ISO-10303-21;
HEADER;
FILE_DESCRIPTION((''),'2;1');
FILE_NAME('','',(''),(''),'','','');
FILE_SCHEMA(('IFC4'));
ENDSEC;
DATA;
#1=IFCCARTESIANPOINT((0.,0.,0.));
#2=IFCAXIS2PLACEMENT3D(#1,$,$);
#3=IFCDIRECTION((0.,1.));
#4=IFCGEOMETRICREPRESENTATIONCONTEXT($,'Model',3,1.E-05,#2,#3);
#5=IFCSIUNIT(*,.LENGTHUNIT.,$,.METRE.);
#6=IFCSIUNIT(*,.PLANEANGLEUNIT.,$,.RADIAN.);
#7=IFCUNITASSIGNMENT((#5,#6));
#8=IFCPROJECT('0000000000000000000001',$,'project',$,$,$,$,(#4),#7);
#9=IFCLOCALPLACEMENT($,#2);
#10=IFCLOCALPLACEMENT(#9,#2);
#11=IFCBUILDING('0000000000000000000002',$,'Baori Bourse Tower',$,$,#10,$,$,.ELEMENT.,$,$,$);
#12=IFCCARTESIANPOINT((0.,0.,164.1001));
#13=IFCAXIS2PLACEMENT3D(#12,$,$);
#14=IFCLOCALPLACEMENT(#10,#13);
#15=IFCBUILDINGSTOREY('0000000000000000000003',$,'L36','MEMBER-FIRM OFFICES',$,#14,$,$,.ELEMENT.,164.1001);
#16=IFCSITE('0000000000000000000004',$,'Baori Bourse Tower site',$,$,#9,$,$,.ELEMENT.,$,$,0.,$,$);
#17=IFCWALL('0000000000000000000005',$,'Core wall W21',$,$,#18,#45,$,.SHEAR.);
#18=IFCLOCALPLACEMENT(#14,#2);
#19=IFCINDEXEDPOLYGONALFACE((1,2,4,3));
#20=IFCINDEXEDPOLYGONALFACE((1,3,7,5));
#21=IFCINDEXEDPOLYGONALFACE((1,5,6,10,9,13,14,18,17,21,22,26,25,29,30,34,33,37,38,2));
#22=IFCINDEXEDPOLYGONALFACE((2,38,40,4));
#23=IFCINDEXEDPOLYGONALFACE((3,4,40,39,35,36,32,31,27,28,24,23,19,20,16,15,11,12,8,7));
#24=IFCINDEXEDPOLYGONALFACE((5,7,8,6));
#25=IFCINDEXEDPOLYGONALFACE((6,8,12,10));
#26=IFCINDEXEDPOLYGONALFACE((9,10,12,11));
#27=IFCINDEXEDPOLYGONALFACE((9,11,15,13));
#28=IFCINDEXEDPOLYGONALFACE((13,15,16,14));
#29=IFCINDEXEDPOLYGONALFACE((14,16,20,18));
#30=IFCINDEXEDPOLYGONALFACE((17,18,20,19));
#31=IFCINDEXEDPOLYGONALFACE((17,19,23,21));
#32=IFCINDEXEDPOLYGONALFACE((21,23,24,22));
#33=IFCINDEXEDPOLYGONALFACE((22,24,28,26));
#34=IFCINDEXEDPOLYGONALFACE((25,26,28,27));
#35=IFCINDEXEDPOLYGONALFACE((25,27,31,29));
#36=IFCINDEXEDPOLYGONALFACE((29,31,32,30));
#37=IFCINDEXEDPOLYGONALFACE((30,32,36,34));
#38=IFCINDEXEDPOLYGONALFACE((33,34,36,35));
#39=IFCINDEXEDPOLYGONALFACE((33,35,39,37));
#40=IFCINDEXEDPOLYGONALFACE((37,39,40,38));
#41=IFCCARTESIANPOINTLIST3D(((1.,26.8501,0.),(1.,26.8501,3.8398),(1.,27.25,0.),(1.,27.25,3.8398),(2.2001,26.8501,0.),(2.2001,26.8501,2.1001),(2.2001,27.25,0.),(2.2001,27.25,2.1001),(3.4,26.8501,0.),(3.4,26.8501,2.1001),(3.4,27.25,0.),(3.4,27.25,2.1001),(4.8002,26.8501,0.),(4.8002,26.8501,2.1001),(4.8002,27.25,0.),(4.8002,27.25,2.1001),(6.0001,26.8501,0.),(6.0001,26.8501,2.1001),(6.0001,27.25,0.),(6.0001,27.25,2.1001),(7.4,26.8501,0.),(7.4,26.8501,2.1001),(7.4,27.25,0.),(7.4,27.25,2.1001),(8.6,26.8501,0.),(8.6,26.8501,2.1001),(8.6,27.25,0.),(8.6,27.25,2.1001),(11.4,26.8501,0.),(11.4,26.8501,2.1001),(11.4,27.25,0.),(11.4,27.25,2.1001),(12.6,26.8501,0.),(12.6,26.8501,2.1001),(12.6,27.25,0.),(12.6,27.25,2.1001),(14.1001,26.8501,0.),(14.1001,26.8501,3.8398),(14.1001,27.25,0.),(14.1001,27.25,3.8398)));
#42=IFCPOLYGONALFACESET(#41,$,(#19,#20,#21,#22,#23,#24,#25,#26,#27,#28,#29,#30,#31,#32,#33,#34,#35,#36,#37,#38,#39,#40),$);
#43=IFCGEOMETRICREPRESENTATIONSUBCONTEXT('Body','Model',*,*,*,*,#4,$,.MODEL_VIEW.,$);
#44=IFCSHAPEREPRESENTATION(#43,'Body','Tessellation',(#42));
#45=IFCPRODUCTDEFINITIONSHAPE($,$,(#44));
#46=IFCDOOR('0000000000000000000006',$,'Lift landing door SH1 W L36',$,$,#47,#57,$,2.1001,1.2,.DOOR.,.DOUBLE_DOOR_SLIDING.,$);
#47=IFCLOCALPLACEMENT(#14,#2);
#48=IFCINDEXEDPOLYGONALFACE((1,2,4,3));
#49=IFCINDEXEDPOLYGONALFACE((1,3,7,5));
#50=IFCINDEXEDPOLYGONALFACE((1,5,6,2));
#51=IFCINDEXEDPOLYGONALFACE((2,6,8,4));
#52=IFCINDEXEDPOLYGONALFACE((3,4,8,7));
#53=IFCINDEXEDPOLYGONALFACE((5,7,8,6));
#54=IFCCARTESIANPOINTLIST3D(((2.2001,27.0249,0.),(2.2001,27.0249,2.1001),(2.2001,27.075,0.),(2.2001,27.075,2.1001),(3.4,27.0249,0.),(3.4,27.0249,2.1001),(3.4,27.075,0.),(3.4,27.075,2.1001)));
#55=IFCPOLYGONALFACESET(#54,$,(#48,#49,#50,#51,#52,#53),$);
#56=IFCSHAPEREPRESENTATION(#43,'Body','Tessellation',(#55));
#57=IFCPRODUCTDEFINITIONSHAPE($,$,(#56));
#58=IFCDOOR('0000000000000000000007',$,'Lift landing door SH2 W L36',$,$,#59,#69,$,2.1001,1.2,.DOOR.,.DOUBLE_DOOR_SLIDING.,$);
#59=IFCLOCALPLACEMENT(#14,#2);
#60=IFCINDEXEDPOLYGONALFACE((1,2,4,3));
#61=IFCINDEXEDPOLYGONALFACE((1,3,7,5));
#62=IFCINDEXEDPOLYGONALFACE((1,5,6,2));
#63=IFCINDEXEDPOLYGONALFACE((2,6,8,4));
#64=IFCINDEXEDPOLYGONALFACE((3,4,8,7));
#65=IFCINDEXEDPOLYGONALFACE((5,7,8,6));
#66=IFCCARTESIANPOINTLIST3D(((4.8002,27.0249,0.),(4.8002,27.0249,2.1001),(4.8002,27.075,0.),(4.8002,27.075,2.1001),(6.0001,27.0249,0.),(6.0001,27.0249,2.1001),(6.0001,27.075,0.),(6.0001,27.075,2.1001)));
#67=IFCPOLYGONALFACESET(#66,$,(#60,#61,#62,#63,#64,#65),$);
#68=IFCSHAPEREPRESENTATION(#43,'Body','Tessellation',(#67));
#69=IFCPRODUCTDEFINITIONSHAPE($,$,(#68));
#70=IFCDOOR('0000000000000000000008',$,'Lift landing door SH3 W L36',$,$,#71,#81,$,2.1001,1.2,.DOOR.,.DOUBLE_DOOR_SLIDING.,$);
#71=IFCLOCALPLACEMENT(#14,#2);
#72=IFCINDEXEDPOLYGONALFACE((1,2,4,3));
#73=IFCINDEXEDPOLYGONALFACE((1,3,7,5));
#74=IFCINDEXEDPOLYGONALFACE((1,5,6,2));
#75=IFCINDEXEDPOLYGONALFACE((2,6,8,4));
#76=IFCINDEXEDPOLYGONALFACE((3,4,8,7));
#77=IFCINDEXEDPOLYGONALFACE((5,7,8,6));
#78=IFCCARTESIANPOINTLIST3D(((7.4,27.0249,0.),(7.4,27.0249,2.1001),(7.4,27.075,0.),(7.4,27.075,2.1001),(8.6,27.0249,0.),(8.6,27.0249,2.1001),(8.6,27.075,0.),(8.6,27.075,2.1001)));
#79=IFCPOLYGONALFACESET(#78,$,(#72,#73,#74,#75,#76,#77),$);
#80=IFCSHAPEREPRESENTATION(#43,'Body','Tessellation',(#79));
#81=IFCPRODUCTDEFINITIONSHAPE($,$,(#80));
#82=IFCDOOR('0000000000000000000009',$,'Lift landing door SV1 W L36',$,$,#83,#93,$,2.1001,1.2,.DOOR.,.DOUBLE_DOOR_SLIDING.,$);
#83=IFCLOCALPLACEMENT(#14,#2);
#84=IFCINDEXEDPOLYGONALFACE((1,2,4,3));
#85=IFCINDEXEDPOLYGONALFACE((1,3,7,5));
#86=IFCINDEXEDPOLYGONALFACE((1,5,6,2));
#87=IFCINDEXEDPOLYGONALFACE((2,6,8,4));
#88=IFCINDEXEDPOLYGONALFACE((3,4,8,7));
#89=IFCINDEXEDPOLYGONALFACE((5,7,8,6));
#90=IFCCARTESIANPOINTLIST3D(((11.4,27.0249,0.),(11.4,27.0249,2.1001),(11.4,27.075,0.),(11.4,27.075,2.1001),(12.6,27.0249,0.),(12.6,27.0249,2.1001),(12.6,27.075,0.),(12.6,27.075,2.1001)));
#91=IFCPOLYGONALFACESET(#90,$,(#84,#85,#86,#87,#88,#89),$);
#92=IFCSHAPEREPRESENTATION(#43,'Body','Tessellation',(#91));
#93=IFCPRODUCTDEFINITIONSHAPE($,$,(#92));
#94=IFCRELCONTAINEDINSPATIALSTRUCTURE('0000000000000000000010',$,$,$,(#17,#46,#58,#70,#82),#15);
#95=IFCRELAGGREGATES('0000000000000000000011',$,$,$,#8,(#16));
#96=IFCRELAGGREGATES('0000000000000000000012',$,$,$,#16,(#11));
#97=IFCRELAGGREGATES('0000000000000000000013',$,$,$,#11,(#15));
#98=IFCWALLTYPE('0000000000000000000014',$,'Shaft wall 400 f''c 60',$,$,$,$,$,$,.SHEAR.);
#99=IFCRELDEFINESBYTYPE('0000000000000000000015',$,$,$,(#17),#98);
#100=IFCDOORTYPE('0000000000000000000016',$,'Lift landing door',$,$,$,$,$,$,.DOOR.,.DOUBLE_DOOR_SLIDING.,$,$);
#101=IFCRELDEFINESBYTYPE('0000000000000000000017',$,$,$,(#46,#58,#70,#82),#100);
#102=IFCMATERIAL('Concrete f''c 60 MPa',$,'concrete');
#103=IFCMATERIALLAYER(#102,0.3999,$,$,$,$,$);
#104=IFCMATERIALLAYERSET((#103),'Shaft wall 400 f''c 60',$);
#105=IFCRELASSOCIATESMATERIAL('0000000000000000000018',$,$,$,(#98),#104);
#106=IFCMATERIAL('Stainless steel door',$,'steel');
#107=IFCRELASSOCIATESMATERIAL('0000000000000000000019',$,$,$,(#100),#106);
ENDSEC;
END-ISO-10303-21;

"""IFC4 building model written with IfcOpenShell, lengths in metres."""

from ifc_helpers import new_model, si_unit, direction, frame, frame_2d, origin, place, context, subcontext, project, spatial, rectangle, extrude, material, layer, layer_set, type_object, element, fill, save


model = new_model("IFC4")

# Units and contexts
model_context = context("Model", 3, precision=1e-05, world=origin(), true_north=direction((0.0, 1.0)))
body_context = subcontext(model_context, "Body", "Model", "MODEL_VIEW")
ifc_project = project(units=[si_unit("LENGTHUNIT", "METRE"), si_unit("PLANEANGLEUNIT", "RADIAN")], contexts=[model_context])

# Site, building, storey
site_placement = place(None, origin())
site = spatial("IfcSite", under=ifc_project, at=site_placement, Name="Baori Bourse Tower site", CompositionType="ELEMENT", RefElevation=0.0)
building_placement = place(site_placement, origin())
building = spatial("IfcBuilding", under=site, at=building_placement, Name="Baori Bourse Tower", CompositionType="ELEMENT")
storey_placement = place(building_placement, frame((0.0, 0.0, 164.1001)))
storey = spatial("IfcBuildingStorey", under=building, at=storey_placement, Name="L36", Description="MEMBER-FIRM OFFICES", CompositionType="ELEMENT", Elevation=164.1001)

# Wall, openings, doors
ifc_material_1 = material(Name="Concrete f'c 60 MPa", Category="concrete")
ifc_layer_1 = layer(ifc_material_1, 0.3999)
ifc_layer_set_1 = layer_set([ifc_layer_1], Name="Shaft wall 400 f'c 60")
wall_type_1 = type_object("IfcWallType", Name="Shaft wall 400 f'c 60", PredefinedType="SHEAR", material=ifc_layer_set_1)
wall_1_placement = place(storey_placement, frame((1.0, 27.05, 0.0), z_axis=(0.0, 0.0, 1.0), x_axis=(1.0, 0.0, 0.0)))
wall_1 = element("IfcWall", 1, at=wall_1_placement, inside=storey, type_object=wall_type_1, Name="Core wall W21", PredefinedType="SHEAR", context=body_context, shape_type="SweptSolid", body=[
    extrude(rectangle(XDim=13.1001, YDim=0.3999, at=frame_2d((6.55, 0.0))), origin(), (0.0, 0.0, 1.0), 3.8398),
])
opening_1_placement = place(wall_1_placement, frame((1.2, 0.0, 0.0)))
opening_1 = element("IfcOpeningElement", 2, at=opening_1_placement, cuts=wall_1, PredefinedType="OPENING", context=body_context, shape_type="SweptSolid", body=[
    extrude(rectangle(XDim=1.2, YDim=2.1001, at=frame_2d((0.6001, 1.05))), frame((0.0, 0.21, 0.0), z_axis=(0.0, -1.0, 0.0), x_axis=(1.0, 0.0, 0.0)), (0.0, 0.0, 1.0), 0.4199),
])
opening_2_placement = place(wall_1_placement, frame((3.8, 0.0, 0.0)))
opening_2 = element("IfcOpeningElement", 3, at=opening_2_placement, cuts=wall_1, PredefinedType="OPENING", context=body_context, shape_type="SweptSolid", body=[
    extrude(rectangle(XDim=1.2, YDim=2.1001, at=frame_2d((0.6001, 1.05))), frame((0.0, 0.21, 0.0), z_axis=(0.0, -1.0, 0.0), x_axis=(1.0, 0.0, 0.0)), (0.0, 0.0, 1.0), 0.4199),
])
opening_3_placement = place(wall_1_placement, frame((6.3999, 0.0, 0.0)))
opening_3 = element("IfcOpeningElement", 4, at=opening_3_placement, cuts=wall_1, PredefinedType="OPENING", context=body_context, shape_type="SweptSolid", body=[
    extrude(rectangle(XDim=1.2, YDim=2.1001, at=frame_2d((0.6001, 1.05))), frame((0.0, 0.21, 0.0), z_axis=(0.0, -1.0, 0.0), x_axis=(1.0, 0.0, 0.0)), (0.0, 0.0, 1.0), 0.4199),
])
opening_4_placement = place(wall_1_placement, frame((10.3999, 0.0, 0.0)))
opening_4 = element("IfcOpeningElement", 5, at=opening_4_placement, cuts=wall_1, PredefinedType="OPENING", context=body_context, shape_type="SweptSolid", body=[
    extrude(rectangle(XDim=1.2, YDim=2.1001, at=frame_2d((0.6001, 1.05))), frame((0.0, 0.21, 0.0), z_axis=(0.0, -1.0, 0.0), x_axis=(1.0, 0.0, 0.0)), (0.0, 0.0, 1.0), 0.4199),
])
ifc_material_2 = material(Name="Stainless steel door", Category="steel")
door_type_1 = type_object("IfcDoorType", Name="Lift landing door", OperationType="DOUBLE_DOOR_SLIDING", PredefinedType="DOOR", material=ifc_material_2)
door_1_placement = place(opening_1_placement, origin())
door_1 = element("IfcDoor", 6, at=door_1_placement, inside=storey, type_object=door_type_1, Name="Lift landing door SH1 W L36", OperationType="DOUBLE_DOOR_SLIDING", OverallHeight=2.1001, OverallWidth=1.2, PredefinedType="DOOR", context=body_context, shape_type="SweptSolid", body=[
    extrude(rectangle(XDim=1.2, YDim=2.1001, at=frame_2d((0.6001, 1.05))), frame((0.0, 0.0249, 0.0), z_axis=(0.0, -1.0, 0.0), x_axis=(1.0, 0.0, 0.0)), (0.0, 0.0, 1.0), 0.05),
])
fill(opening_1, door_1)
door_2_placement = place(opening_2_placement, origin())
door_2 = element("IfcDoor", 7, at=door_2_placement, inside=storey, type_object=door_type_1, Name="Lift landing door SH2 W L36", OperationType="DOUBLE_DOOR_SLIDING", OverallHeight=2.1001, OverallWidth=1.2, PredefinedType="DOOR", context=body_context, shape_type="SweptSolid", body=[
    extrude(rectangle(XDim=1.2, YDim=2.1001, at=frame_2d((0.6001, 1.05))), frame((0.0, 0.0249, 0.0), z_axis=(0.0, -1.0, 0.0), x_axis=(1.0, 0.0, 0.0)), (0.0, 0.0, 1.0), 0.05),
])
fill(opening_2, door_2)
door_3_placement = place(opening_3_placement, origin())
door_3 = element("IfcDoor", 8, at=door_3_placement, inside=storey, type_object=door_type_1, Name="Lift landing door SH3 W L36", OperationType="DOUBLE_DOOR_SLIDING", OverallHeight=2.1001, OverallWidth=1.2, PredefinedType="DOOR", context=body_context, shape_type="SweptSolid", body=[
    extrude(rectangle(XDim=1.2, YDim=2.1001, at=frame_2d((0.6001, 1.05))), frame((0.0, 0.0249, 0.0), z_axis=(0.0, -1.0, 0.0), x_axis=(1.0, 0.0, 0.0)), (0.0, 0.0, 1.0), 0.05),
])
fill(opening_3, door_3)
door_4_placement = place(opening_4_placement, origin())
door_4 = element("IfcDoor", 9, at=door_4_placement, inside=storey, type_object=door_type_1, Name="Lift landing door SV1 W L36", OperationType="DOUBLE_DOOR_SLIDING", OverallHeight=2.1001, OverallWidth=1.2, PredefinedType="DOOR", context=body_context, shape_type="SweptSolid", body=[
    extrude(rectangle(XDim=1.2, YDim=2.1001, at=frame_2d((0.6001, 1.05))), frame((0.0, 0.0249, 0.0), z_axis=(0.0, -1.0, 0.0), x_axis=(1.0, 0.0, 0.0)), (0.0, 0.0, 1.0), 0.05),
])
fill(opening_4, door_4)

save(model, "model.ifc")
